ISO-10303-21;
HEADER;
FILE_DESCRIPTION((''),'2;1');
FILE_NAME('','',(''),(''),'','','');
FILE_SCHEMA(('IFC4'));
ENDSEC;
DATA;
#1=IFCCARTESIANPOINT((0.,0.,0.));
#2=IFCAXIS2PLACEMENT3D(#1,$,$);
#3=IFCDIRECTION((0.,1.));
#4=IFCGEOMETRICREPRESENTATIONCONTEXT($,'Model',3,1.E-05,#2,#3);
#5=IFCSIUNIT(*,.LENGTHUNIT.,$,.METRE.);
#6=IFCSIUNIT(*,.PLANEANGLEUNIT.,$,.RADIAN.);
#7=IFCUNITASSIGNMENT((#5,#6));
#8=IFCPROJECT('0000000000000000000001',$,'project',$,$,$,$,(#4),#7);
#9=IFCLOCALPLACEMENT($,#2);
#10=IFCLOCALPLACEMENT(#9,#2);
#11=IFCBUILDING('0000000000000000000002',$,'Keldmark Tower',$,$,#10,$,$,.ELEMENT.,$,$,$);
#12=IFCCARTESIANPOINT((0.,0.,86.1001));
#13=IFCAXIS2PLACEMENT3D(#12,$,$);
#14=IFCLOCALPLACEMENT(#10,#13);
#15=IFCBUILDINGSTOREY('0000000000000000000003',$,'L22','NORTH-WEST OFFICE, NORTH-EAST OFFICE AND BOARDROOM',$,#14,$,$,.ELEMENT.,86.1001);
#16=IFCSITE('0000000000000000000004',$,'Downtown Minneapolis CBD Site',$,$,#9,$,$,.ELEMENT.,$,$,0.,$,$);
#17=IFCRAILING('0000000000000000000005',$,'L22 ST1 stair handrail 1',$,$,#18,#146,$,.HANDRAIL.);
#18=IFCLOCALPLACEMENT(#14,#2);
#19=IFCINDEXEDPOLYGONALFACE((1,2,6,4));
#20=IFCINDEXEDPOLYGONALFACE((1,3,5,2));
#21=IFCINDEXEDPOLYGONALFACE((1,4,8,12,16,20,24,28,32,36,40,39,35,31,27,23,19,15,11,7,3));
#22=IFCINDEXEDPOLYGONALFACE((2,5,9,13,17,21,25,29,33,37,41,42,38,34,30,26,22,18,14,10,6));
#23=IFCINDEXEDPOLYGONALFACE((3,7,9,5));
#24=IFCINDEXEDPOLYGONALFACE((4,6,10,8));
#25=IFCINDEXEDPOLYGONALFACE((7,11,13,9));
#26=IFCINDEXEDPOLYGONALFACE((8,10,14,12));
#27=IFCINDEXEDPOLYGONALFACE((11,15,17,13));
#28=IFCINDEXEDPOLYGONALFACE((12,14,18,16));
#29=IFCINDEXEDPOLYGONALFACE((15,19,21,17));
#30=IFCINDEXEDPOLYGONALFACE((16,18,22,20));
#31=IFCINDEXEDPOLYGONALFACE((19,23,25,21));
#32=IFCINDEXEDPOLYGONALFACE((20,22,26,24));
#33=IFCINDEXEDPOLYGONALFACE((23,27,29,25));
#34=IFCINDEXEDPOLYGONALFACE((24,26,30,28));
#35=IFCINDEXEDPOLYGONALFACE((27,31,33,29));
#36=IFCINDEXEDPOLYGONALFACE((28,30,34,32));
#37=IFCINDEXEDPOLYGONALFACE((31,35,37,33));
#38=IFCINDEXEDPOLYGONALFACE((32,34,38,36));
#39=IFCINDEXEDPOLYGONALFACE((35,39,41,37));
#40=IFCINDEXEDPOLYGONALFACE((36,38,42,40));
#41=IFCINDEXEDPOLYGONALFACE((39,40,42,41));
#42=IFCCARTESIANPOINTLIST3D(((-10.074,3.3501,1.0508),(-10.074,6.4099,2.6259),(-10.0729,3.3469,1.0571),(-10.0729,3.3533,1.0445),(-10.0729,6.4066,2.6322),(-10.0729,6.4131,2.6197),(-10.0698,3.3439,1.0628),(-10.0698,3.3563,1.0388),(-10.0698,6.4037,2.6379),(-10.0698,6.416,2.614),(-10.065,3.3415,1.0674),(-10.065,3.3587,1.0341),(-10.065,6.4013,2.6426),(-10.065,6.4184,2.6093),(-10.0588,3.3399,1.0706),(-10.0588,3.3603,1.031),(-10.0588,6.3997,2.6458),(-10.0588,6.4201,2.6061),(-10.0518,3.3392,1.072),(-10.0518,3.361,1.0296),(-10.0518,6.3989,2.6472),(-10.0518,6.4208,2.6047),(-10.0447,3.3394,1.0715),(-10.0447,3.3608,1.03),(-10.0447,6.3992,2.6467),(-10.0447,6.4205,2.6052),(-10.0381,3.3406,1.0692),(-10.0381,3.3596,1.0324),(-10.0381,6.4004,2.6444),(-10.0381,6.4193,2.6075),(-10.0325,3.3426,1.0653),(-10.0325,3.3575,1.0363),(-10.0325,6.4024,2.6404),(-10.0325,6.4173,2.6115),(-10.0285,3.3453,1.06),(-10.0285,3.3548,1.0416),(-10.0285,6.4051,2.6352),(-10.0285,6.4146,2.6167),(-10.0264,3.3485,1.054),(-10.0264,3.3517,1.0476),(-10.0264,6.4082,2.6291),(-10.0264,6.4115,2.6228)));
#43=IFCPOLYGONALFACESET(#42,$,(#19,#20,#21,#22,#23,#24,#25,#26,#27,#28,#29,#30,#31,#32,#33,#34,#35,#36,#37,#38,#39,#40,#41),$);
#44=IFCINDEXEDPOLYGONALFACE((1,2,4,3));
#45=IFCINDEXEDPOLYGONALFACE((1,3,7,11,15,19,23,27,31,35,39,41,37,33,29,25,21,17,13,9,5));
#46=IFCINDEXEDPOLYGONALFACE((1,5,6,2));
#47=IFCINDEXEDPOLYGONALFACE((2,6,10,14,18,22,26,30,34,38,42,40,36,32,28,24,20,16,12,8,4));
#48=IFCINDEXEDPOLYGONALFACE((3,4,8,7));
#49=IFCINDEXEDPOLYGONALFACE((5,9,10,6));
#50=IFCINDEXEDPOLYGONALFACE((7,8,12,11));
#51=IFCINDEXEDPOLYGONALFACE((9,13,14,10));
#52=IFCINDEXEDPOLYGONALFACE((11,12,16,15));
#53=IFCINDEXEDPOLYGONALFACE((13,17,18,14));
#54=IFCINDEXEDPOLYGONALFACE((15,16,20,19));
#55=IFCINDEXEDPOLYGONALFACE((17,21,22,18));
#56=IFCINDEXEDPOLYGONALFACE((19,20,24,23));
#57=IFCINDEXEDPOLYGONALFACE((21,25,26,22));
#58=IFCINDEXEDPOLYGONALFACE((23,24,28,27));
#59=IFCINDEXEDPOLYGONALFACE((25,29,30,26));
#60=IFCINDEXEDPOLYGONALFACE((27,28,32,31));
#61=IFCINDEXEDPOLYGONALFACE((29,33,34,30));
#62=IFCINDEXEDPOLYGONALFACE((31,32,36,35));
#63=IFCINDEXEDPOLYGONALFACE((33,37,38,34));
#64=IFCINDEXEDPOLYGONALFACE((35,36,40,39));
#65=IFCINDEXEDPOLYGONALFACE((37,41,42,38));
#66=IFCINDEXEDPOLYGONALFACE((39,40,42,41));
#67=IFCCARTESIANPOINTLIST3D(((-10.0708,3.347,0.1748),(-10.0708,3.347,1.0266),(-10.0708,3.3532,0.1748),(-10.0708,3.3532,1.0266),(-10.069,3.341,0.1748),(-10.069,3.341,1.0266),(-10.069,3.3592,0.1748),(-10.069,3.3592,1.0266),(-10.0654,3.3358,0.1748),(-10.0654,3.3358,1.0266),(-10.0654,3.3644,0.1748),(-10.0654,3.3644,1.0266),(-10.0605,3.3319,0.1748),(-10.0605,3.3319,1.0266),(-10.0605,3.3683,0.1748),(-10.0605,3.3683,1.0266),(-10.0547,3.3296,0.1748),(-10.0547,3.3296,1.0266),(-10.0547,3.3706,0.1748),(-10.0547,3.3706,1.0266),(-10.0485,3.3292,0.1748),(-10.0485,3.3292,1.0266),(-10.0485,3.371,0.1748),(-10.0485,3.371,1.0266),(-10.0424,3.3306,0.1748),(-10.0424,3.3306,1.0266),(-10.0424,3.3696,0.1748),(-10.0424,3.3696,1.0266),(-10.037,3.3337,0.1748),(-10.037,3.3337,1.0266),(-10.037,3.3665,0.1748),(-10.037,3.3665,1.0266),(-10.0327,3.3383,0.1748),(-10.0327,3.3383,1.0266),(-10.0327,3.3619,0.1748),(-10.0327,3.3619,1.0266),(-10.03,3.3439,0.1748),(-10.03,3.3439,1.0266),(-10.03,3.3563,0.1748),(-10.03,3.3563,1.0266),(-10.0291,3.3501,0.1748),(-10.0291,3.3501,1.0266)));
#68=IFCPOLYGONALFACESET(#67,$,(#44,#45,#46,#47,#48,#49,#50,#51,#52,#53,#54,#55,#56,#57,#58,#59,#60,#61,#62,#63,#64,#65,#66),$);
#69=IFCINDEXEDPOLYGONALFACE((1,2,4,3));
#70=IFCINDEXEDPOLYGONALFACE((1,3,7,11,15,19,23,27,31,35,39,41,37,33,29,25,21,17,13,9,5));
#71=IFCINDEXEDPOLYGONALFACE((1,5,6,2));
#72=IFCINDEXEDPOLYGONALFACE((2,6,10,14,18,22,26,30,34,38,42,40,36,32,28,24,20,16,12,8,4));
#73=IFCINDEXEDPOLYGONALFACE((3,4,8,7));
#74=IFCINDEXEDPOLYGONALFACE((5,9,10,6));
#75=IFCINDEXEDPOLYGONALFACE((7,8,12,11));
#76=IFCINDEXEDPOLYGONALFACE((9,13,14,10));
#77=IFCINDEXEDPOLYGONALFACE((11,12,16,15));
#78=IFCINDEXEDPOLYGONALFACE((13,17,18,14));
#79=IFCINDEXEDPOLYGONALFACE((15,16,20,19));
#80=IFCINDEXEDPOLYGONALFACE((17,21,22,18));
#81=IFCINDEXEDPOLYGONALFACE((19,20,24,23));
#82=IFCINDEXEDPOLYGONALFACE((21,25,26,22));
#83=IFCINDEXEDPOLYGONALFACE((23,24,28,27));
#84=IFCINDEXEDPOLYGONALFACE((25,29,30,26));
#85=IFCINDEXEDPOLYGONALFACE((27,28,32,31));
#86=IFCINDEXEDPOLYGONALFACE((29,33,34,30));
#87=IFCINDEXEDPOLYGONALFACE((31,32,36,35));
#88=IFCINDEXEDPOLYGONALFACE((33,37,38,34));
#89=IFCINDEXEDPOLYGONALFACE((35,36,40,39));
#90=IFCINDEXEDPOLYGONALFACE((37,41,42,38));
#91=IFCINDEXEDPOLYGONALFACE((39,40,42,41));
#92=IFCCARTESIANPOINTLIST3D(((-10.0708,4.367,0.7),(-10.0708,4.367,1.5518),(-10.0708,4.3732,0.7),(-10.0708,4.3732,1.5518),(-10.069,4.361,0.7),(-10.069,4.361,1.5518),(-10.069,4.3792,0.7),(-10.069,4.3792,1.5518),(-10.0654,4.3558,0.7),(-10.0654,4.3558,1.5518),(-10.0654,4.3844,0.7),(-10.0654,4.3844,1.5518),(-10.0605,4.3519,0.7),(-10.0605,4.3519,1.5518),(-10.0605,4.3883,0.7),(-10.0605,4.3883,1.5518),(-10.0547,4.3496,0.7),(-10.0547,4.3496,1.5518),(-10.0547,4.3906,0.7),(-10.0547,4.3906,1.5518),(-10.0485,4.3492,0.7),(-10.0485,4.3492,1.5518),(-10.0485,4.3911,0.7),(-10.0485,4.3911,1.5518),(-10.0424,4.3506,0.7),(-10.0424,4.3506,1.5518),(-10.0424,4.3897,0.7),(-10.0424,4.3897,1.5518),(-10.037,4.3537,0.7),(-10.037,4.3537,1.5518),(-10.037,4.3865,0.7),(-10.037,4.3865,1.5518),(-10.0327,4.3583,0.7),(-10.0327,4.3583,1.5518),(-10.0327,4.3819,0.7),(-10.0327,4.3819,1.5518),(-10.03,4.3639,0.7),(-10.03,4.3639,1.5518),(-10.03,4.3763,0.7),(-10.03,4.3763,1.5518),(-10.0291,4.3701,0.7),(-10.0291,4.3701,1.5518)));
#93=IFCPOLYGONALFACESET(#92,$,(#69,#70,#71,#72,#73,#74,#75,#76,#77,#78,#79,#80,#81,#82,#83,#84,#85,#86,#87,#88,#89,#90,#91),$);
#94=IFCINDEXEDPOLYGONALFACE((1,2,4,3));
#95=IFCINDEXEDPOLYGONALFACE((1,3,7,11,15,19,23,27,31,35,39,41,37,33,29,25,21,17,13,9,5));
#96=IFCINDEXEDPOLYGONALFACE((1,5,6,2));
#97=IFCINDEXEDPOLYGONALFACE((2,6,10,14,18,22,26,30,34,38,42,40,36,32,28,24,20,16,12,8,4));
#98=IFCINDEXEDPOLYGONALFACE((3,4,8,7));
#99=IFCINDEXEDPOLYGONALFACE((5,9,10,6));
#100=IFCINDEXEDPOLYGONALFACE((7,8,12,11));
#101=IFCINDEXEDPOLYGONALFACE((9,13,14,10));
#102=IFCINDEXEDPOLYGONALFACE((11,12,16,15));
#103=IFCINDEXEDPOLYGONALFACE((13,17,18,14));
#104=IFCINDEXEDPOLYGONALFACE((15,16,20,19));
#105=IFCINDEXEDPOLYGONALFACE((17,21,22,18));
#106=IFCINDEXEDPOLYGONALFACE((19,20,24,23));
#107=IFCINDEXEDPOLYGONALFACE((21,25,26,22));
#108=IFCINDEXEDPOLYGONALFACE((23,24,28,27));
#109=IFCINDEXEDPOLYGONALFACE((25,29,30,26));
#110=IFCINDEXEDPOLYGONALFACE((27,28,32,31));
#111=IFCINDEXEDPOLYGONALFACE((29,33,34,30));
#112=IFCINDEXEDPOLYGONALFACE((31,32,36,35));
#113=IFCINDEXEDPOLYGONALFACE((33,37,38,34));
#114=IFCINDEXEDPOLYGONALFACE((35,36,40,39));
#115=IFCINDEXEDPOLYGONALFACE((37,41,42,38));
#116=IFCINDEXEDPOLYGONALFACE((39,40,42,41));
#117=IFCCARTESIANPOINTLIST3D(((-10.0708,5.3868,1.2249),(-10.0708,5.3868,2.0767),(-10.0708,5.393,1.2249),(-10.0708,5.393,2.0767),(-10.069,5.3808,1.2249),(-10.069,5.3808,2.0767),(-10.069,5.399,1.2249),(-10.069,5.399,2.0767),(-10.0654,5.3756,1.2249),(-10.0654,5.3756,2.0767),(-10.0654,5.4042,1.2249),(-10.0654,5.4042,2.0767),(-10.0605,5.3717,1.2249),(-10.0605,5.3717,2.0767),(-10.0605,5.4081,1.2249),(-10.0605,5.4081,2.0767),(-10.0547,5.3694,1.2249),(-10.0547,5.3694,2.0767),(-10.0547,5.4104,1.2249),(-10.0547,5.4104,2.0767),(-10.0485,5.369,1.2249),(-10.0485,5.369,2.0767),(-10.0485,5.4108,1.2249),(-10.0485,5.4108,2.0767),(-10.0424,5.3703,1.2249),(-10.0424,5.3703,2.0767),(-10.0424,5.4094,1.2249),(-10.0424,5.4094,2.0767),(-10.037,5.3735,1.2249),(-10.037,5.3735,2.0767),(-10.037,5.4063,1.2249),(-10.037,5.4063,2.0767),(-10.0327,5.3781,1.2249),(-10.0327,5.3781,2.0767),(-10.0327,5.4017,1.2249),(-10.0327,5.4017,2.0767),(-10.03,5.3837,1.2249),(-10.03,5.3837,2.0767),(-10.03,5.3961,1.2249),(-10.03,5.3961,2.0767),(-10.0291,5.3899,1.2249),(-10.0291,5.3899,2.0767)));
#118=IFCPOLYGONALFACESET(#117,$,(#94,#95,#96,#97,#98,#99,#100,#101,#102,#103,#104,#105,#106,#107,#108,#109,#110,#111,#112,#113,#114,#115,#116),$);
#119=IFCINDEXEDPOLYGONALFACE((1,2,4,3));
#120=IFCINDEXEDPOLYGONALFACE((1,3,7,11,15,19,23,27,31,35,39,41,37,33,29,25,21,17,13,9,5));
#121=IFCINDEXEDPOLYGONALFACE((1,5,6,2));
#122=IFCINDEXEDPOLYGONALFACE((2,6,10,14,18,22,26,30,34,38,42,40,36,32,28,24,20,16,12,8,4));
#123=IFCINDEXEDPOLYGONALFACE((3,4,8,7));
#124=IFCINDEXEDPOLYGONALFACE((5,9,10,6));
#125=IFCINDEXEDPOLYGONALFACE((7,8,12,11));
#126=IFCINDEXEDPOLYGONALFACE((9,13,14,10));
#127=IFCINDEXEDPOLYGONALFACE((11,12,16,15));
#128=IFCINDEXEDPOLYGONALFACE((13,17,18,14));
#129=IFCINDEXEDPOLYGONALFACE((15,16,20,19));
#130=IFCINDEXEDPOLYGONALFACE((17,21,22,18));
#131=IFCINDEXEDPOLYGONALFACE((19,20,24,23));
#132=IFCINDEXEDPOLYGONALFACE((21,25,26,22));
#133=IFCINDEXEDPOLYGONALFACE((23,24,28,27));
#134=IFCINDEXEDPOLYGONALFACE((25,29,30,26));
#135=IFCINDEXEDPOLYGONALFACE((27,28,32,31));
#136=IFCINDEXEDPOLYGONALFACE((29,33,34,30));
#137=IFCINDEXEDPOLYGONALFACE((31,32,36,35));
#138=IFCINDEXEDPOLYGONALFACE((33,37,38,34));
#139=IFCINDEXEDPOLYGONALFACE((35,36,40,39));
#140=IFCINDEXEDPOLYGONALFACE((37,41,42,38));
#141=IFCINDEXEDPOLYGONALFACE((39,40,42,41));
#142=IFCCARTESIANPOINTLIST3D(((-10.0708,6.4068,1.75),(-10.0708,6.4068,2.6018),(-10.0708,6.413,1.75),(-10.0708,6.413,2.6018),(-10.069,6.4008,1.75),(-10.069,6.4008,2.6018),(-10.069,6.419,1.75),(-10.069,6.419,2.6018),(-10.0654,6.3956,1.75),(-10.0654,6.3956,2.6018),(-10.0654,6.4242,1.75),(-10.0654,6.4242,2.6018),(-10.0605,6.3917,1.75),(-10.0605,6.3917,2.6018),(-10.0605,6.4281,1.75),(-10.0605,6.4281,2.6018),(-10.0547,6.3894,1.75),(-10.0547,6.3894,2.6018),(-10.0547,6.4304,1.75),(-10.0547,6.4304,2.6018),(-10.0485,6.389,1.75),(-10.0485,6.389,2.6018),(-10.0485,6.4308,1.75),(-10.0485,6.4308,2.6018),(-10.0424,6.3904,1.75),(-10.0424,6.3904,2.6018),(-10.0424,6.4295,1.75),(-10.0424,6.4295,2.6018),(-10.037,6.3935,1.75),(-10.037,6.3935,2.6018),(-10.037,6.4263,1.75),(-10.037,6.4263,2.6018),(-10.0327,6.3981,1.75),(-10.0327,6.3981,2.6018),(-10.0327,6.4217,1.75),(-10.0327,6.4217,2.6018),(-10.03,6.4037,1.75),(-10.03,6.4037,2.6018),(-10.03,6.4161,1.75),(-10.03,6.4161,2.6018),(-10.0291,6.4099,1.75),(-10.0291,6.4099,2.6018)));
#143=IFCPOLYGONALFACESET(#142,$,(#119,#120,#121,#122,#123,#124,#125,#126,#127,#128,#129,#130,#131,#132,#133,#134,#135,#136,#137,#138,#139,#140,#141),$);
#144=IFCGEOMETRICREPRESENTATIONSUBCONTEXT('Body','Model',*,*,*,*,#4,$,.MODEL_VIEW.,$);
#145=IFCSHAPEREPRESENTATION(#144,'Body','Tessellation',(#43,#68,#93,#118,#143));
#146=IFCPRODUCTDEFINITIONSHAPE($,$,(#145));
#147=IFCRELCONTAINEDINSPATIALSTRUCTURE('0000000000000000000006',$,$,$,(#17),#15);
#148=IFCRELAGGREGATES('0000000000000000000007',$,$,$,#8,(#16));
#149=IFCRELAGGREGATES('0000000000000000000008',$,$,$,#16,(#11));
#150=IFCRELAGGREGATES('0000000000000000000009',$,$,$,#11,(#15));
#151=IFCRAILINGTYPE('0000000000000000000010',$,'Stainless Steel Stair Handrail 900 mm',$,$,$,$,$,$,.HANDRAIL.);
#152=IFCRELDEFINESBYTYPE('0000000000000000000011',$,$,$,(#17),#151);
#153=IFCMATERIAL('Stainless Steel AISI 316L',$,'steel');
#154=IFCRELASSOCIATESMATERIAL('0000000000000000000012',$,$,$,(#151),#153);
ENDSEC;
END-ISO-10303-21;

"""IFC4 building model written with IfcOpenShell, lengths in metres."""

from ifc_helpers import new_model, si_unit, direction, frame, origin, origin_2d, place, context, subcontext, project, spatial, circle, extrude, material, type_object, element, save


model = new_model("IFC4")

# Units and contexts
model_context = context("Model", 3, precision=1e-05, world=origin(), true_north=direction((0.0, 1.0)))
body_context = subcontext(model_context, "Body", "Model", "MODEL_VIEW")
ifc_project = project(units=[si_unit("LENGTHUNIT", "METRE"), si_unit("PLANEANGLEUNIT", "RADIAN")], contexts=[model_context])

# Site, building, storey
site_placement = place(None, origin())
site = spatial("IfcSite", under=ifc_project, at=site_placement, Name="Downtown Minneapolis CBD Site", CompositionType="ELEMENT", RefElevation=0.0)
building_placement = place(site_placement, origin())
building = spatial("IfcBuilding", under=site, at=building_placement, Name="Keldmark Tower", CompositionType="ELEMENT")
storey_placement = place(building_placement, frame((0.0, 0.0, 86.1001)))
storey = spatial("IfcBuildingStorey", under=building, at=storey_placement, Name="L22", Description="NORTH-WEST OFFICE, NORTH-EAST OFFICE AND BOARDROOM", CompositionType="ELEMENT", Elevation=86.1001)

# Railing
ifc_material_1 = material(Name="Stainless Steel AISI 316L", Category="steel")
railing_type_1 = type_object("IfcRailingType", Name="Stainless Steel Stair Handrail 900 mm", PredefinedType="HANDRAIL", material=ifc_material_1)
railing_1_placement = place(storey_placement, frame((-10.05, 3.3501, 0.1748)))
element("IfcRailing", 1, at=railing_1_placement, inside=storey, type_object=railing_type_1, Name="L22 ST1 stair handrail 1", PredefinedType="HANDRAIL", context=body_context, shape_type="SweptSolid", body=[
    extrude(circle(Radius=0.0239, at=origin_2d()), frame((0.0, 0.0, 0.876), z_axis=(0.0, 0.889101, 0.45771), x_axis=(-1.0, 0.0, 0.0)), (0.0, 0.0, 1.0), 3.4414),
    extrude(circle(Radius=0.021, at=origin_2d()), origin(), (0.0, 0.0, 1.0), 0.8518),
    extrude(circle(Radius=0.021, at=origin_2d()), frame((0.0, 1.02, 0.5251)), (0.0, 0.0, 1.0), 0.8518),
    extrude(circle(Radius=0.021, at=origin_2d()), frame((0.0, 2.0398, 1.05)), (0.0, 0.0, 1.0), 0.8518),
    extrude(circle(Radius=0.021, at=origin_2d()), frame((0.0, 3.0598, 1.5752)), (0.0, 0.0, 1.0), 0.8518),
])

save(model, "model.ifc")
